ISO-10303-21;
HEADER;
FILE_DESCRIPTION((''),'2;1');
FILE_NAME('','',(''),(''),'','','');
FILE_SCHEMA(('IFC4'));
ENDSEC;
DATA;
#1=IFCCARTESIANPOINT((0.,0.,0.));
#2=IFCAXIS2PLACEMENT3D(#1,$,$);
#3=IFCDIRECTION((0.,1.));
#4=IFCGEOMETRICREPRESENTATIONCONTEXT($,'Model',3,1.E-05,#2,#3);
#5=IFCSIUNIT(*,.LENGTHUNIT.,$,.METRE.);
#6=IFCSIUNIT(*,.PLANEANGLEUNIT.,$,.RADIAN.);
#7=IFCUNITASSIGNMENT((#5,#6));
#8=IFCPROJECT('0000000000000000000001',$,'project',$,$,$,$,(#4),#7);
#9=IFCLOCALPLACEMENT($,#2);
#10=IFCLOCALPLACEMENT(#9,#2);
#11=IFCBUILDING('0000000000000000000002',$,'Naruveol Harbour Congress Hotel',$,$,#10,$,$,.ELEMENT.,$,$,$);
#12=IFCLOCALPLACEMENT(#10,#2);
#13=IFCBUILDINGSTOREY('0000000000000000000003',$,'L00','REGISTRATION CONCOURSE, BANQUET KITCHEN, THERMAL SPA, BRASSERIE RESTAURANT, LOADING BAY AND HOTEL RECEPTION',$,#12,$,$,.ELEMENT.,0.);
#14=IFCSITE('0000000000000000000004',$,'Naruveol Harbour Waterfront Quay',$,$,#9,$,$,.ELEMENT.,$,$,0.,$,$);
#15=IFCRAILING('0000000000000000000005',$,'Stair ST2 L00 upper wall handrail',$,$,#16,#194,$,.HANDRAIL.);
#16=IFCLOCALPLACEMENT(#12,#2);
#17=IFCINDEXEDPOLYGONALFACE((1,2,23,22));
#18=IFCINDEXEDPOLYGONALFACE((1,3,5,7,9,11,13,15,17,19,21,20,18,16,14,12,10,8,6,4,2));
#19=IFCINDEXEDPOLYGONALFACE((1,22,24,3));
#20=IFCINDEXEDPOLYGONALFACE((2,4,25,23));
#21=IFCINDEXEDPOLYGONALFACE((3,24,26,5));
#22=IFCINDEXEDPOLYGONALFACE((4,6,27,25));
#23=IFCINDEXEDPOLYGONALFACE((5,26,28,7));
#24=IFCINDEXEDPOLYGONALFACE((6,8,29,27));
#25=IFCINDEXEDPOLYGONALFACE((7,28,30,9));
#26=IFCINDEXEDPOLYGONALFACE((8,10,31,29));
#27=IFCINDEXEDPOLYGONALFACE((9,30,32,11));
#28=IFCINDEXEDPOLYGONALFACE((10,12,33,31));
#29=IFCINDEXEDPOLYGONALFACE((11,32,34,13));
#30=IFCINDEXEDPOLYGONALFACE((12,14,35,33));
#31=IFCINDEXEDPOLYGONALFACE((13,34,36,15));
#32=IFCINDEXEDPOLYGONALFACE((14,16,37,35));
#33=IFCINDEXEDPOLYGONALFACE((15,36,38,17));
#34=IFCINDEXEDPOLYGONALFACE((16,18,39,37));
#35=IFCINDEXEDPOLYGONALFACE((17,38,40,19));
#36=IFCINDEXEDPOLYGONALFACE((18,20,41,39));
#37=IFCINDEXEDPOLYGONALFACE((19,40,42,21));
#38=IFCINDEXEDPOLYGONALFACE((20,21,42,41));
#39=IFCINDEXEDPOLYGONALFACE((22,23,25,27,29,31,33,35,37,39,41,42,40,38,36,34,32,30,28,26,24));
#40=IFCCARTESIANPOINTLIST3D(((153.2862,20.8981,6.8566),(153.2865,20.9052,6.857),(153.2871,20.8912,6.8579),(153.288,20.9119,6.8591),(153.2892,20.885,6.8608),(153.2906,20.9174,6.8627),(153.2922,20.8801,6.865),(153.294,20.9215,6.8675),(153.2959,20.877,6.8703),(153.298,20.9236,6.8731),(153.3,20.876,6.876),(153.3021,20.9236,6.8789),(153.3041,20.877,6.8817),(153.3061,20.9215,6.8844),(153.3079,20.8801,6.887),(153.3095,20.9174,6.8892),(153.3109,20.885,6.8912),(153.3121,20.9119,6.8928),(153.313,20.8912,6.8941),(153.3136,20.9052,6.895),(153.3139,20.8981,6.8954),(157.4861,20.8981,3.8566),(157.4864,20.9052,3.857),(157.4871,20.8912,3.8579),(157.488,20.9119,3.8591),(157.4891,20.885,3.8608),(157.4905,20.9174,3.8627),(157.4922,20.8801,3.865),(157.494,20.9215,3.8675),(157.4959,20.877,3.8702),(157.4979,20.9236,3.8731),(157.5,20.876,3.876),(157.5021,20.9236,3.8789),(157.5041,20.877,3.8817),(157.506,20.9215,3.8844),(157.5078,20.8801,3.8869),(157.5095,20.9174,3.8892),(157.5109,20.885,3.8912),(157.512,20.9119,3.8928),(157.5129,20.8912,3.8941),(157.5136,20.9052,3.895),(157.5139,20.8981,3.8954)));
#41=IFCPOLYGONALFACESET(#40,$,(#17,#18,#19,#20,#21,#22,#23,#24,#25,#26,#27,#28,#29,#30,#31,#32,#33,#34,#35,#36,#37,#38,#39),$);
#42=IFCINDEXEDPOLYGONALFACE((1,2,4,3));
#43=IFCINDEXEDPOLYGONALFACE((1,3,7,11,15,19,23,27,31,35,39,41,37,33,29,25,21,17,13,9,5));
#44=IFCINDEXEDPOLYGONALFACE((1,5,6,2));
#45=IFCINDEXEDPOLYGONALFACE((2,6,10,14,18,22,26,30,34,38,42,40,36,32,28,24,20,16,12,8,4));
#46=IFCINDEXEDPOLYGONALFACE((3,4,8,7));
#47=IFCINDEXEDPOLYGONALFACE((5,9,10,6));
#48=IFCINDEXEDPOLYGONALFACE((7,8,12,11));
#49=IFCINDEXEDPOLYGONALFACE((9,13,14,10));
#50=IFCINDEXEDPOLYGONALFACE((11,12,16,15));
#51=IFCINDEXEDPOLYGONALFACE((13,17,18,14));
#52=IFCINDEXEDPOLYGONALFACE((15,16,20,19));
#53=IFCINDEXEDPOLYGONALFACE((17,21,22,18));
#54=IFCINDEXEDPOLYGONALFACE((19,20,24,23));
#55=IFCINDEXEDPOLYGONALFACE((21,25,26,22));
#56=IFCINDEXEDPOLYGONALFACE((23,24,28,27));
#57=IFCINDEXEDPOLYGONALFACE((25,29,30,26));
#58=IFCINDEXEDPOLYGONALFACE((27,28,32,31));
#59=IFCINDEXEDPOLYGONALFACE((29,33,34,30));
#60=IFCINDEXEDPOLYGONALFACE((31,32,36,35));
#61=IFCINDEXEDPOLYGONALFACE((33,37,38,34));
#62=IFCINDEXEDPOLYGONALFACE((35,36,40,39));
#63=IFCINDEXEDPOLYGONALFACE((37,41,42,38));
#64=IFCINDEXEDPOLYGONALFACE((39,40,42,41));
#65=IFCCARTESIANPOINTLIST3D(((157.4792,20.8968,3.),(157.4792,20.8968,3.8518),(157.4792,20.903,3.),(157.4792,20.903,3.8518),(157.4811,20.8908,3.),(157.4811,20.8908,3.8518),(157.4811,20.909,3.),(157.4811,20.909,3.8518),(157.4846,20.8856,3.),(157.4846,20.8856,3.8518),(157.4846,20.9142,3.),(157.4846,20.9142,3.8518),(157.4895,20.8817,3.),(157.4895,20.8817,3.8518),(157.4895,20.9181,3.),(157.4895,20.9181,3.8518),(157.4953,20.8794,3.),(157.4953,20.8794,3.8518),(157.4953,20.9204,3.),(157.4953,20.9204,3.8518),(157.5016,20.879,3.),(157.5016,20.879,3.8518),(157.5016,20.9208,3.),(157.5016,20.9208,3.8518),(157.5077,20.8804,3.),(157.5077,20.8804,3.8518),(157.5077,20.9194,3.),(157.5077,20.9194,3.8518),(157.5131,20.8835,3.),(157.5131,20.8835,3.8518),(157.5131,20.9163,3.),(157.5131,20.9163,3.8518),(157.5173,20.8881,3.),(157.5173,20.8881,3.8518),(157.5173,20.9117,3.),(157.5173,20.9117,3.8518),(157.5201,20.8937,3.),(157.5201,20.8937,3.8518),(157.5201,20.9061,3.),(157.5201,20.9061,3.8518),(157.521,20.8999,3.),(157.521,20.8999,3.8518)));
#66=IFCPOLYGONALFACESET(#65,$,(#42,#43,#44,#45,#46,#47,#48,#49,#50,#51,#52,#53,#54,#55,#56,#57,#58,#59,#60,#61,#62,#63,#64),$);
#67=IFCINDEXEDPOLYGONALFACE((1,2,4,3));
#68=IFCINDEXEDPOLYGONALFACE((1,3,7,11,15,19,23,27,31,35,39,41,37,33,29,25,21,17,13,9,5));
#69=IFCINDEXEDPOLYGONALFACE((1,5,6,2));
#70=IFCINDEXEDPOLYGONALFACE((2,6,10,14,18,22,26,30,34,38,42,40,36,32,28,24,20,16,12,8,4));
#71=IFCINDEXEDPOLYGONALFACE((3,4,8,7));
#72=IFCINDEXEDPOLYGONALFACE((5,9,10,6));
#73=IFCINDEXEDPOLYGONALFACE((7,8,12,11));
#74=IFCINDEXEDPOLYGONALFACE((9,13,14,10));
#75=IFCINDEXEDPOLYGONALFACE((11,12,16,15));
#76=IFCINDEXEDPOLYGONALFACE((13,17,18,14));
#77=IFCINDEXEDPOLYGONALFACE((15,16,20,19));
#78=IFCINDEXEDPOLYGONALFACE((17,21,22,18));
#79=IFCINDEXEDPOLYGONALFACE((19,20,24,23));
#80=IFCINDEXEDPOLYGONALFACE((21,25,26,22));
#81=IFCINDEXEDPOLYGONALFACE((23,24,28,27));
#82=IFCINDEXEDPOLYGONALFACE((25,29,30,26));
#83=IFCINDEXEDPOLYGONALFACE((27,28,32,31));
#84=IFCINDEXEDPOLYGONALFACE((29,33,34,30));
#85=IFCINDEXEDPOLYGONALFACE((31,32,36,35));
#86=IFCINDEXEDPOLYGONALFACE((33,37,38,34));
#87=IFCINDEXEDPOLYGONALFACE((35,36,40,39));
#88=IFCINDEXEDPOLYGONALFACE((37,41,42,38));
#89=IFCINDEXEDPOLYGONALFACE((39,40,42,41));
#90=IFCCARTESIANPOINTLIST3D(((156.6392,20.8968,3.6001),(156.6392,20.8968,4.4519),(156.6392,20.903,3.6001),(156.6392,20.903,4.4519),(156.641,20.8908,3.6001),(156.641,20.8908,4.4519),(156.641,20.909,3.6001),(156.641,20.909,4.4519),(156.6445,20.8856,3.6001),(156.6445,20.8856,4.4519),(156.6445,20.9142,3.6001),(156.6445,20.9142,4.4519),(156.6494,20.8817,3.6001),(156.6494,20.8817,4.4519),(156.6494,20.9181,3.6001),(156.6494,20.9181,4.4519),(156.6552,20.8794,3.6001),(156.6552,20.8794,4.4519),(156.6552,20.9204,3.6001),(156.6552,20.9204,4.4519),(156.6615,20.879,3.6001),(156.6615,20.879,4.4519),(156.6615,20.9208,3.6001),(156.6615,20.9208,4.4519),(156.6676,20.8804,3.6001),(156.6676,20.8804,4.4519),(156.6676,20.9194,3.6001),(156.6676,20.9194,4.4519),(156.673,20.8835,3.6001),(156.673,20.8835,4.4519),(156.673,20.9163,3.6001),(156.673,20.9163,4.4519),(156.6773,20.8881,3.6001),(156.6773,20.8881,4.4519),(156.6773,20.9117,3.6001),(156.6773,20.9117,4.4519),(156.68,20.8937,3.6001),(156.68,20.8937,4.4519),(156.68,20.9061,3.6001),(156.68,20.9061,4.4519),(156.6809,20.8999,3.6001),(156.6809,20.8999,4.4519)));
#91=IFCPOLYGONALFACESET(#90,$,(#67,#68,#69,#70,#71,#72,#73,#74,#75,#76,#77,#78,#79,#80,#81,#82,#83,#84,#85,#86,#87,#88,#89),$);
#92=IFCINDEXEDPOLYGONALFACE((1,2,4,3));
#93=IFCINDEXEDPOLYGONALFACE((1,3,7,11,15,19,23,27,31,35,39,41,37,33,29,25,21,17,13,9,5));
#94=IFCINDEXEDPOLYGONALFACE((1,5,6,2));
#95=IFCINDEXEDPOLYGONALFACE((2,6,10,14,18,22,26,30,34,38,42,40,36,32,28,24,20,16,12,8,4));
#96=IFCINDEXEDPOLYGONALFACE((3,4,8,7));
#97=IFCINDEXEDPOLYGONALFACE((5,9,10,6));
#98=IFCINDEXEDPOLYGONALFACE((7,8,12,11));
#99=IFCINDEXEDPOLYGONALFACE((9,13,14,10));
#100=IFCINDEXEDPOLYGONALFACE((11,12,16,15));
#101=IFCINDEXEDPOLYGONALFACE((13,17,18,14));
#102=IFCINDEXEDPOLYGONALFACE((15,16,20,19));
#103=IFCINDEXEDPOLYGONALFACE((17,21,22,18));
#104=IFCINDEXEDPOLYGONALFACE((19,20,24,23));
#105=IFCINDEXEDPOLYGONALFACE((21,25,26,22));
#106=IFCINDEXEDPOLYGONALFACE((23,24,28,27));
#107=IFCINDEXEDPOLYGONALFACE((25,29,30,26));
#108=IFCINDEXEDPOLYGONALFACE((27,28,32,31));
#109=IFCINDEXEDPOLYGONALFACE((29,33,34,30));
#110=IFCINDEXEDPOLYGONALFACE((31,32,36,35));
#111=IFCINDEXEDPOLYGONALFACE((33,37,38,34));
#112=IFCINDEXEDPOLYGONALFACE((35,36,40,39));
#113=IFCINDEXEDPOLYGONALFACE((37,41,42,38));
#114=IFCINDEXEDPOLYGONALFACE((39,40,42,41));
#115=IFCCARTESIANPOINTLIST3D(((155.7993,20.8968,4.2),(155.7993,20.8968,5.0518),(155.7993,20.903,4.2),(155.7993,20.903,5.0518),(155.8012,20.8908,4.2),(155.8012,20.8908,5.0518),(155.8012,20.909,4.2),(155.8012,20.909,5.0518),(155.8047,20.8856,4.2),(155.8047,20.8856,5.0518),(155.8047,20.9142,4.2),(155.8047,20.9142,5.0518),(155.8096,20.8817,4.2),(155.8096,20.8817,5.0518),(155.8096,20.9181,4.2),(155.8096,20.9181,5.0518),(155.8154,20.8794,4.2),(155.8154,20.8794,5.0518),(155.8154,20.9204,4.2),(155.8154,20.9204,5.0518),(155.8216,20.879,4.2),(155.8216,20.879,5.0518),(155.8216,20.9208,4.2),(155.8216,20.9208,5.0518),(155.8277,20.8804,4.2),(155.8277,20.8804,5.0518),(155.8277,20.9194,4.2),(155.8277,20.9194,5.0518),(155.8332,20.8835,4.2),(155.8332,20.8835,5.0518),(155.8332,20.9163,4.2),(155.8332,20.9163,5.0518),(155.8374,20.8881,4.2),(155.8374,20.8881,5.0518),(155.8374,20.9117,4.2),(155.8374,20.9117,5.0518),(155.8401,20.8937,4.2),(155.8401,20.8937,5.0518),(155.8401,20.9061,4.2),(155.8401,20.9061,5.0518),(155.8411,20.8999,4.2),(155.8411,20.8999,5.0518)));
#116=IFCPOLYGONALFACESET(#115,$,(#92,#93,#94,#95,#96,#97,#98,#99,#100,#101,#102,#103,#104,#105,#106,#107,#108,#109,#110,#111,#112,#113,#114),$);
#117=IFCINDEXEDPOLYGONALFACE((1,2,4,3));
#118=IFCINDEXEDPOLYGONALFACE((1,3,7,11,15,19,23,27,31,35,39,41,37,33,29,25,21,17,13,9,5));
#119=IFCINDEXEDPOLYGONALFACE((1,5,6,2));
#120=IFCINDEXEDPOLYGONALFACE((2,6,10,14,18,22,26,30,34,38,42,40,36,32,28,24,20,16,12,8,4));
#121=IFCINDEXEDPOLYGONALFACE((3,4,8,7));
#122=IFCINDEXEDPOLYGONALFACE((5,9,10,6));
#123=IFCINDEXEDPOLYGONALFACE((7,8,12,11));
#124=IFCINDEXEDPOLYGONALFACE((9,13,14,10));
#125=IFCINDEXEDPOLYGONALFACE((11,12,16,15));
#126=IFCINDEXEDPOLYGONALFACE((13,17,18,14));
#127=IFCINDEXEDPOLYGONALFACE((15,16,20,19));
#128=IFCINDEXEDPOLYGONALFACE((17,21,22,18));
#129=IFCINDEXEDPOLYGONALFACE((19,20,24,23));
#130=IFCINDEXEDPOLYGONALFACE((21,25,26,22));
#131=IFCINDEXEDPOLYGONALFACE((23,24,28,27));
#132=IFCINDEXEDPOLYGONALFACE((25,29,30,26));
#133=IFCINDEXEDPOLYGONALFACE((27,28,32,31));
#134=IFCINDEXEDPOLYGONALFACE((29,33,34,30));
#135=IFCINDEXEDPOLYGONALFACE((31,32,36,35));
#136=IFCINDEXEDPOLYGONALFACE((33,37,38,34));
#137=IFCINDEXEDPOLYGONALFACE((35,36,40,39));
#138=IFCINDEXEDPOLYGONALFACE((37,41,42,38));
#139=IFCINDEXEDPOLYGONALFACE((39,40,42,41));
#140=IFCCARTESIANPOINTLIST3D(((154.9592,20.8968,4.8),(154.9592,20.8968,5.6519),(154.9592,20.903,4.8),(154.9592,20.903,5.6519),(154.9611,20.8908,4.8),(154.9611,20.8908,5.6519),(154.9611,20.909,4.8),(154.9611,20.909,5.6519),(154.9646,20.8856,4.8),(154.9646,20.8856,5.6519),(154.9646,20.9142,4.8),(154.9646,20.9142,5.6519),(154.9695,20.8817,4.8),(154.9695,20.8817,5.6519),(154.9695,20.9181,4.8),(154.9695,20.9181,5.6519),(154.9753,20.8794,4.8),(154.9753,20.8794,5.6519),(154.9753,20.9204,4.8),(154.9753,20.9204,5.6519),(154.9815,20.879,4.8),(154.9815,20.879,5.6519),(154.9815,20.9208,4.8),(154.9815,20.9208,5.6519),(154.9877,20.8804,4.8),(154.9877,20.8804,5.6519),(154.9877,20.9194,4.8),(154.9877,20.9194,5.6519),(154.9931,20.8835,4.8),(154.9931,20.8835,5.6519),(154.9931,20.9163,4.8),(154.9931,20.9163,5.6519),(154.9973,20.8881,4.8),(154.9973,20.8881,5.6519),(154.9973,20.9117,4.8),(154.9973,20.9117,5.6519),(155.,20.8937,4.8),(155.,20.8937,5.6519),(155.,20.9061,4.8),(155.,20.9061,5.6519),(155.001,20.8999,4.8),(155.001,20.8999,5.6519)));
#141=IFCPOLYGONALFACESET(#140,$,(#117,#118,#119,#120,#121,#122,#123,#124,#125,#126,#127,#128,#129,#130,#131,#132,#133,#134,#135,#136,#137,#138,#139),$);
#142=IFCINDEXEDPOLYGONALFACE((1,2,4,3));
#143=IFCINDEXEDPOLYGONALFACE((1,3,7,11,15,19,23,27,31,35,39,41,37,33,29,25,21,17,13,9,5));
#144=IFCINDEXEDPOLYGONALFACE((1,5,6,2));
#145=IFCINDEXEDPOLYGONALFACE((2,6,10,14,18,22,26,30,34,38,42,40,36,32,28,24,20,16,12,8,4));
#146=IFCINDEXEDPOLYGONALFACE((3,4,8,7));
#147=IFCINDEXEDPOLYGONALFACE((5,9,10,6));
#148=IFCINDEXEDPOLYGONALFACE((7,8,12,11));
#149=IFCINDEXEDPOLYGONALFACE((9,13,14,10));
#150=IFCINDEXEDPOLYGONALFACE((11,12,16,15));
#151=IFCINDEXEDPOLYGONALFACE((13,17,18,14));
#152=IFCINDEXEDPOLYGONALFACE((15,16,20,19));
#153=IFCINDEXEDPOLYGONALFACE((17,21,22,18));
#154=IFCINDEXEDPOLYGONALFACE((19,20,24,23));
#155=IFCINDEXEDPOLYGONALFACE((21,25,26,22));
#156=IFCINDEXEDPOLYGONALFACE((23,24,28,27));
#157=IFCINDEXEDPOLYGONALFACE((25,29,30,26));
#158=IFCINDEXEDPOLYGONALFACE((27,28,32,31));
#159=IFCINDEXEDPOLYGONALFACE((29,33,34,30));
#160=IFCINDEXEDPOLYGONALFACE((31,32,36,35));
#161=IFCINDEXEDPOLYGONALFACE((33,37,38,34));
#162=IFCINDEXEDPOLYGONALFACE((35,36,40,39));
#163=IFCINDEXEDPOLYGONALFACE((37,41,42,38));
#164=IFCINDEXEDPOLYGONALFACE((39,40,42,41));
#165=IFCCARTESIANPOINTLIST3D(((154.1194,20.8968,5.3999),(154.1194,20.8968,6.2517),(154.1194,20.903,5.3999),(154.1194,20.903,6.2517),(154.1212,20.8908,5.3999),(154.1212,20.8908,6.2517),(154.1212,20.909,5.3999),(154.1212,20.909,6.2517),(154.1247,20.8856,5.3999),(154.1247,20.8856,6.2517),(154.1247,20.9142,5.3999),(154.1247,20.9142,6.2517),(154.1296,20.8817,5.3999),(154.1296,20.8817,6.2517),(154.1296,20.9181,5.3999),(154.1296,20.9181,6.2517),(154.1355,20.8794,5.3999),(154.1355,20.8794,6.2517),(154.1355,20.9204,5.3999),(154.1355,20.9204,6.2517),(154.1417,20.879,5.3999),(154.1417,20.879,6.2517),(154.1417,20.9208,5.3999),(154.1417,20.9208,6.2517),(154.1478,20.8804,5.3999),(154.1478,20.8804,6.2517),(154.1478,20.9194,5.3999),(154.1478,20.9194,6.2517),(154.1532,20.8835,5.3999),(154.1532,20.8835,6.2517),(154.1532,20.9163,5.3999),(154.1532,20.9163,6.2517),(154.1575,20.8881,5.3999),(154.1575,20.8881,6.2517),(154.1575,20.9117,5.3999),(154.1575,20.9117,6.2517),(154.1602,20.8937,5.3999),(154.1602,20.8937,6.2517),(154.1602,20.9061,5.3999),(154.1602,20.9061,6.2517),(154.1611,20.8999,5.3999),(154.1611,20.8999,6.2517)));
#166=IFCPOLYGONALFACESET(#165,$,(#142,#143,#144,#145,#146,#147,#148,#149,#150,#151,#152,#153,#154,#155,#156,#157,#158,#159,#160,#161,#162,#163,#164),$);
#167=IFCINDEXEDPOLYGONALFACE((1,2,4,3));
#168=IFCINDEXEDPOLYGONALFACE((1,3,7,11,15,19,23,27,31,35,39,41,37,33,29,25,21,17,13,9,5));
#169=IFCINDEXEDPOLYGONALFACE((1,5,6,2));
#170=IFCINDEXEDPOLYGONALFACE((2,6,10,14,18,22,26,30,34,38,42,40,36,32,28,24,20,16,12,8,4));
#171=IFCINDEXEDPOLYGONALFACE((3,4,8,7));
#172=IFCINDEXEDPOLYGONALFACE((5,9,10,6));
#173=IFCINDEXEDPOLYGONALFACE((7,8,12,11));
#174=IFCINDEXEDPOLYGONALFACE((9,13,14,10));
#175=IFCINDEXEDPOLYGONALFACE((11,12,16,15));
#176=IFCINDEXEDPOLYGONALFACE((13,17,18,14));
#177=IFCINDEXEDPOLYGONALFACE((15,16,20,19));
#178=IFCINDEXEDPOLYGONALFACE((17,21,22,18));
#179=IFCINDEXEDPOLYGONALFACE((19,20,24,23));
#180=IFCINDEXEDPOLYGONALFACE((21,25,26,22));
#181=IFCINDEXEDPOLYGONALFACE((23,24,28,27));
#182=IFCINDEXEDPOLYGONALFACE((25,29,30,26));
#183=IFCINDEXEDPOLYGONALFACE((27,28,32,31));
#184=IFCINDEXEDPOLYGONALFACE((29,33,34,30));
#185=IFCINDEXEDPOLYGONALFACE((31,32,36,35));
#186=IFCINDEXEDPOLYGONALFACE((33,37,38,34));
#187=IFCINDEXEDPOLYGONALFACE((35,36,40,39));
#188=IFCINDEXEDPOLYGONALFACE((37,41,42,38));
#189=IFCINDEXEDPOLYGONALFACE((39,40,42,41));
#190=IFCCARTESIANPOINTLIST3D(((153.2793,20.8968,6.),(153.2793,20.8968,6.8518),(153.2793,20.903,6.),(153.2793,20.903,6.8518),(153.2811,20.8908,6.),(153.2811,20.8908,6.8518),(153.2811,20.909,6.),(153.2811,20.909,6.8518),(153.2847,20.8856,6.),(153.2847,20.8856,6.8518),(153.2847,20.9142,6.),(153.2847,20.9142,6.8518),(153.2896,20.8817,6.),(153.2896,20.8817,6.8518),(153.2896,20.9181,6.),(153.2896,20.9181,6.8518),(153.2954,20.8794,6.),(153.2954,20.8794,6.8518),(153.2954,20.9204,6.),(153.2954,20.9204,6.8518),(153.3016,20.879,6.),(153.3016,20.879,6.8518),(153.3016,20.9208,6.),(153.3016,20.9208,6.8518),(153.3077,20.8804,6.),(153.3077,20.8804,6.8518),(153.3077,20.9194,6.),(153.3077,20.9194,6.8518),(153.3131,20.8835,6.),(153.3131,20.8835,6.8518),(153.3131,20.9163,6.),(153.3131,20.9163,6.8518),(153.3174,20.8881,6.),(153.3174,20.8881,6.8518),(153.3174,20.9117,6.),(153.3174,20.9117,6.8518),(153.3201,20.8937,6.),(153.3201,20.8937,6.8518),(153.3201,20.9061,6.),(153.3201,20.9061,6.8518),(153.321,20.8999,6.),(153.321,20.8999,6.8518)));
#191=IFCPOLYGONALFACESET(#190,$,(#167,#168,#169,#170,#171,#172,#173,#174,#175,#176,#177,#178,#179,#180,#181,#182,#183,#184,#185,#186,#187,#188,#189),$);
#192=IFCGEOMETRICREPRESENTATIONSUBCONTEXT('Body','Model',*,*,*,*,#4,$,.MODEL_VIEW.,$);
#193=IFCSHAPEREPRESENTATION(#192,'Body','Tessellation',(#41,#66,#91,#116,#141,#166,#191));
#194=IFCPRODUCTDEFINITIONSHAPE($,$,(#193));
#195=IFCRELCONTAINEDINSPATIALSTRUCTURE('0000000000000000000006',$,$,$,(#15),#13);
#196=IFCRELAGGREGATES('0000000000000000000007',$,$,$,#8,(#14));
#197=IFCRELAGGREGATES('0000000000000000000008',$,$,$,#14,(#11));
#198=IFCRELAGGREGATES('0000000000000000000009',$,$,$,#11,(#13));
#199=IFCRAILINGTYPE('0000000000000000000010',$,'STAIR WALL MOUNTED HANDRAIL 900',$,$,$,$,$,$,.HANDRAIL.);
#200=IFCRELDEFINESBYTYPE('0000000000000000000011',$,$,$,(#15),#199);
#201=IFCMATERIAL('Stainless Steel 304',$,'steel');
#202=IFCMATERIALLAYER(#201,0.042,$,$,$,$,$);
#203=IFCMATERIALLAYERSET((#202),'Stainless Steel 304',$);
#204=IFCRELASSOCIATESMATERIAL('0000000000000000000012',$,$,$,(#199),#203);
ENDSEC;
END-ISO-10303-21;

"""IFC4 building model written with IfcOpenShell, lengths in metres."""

from ifc_helpers import new_model, si_unit, direction, frame, origin, origin_2d, place, context, subcontext, project, spatial, circle, extrude, material, layer, layer_set, type_object, element, save


model = new_model("IFC4")

# Units and contexts
model_context = context("Model", 3, precision=1e-05, world=origin(), true_north=direction((0.0, 1.0)))
body_context = subcontext(model_context, "Body", "Model", "MODEL_VIEW")
ifc_project = project(units=[si_unit("LENGTHUNIT", "METRE"), si_unit("PLANEANGLEUNIT", "RADIAN")], contexts=[model_context])

# Site, building, storey
site_placement = place(None, origin())
site = spatial("IfcSite", under=ifc_project, at=site_placement, Name="Naruveol Harbour Waterfront Quay", CompositionType="ELEMENT", RefElevation=0.0)
building_placement = place(site_placement, origin())
building = spatial("IfcBuilding", under=site, at=building_placement, Name="Naruveol Harbour Congress Hotel", CompositionType="ELEMENT")
storey_placement = place(building_placement, origin())
storey = spatial("IfcBuildingStorey", under=building, at=storey_placement, Name="L00", Description="REGISTRATION CONCOURSE, BANQUET KITCHEN, THERMAL SPA, BRASSERIE RESTAURANT, LOADING BAY AND HOTEL RECEPTION", CompositionType="ELEMENT", Elevation=0.0)

# Railing
ifc_material_1 = material(Name="Stainless Steel 304", Category="steel")
ifc_layer_1 = layer(ifc_material_1, 0.042)
ifc_layer_set_1 = layer_set([ifc_layer_1], Name="Stainless Steel 304")
railing_type = type_object("IfcRailingType", Name="STAIR WALL MOUNTED HANDRAIL 900", PredefinedType="HANDRAIL", material=ifc_layer_set_1)
railing_placement = place(storey_placement, frame((157.5, 20.8999, 3.0)))
element("IfcRailing", 1, at=railing_placement, inside=storey, type_object=railing_type, Name="Stair ST2 L00 upper wall handrail", PredefinedType="HANDRAIL", context=body_context, shape_type="SweptSolid", body=[
    extrude(circle(Radius=0.0239, at=origin_2d()), frame((0.0, 0.0, 0.876), z_axis=(-0.81373, 0.0, 0.581243), x_axis=(0.0, -1.0, 0.0)), (0.0, 0.0, 1.0), 5.1614),
    extrude(circle(Radius=0.021, at=origin_2d()), origin(), (0.0, 0.0, 1.0), 0.8518),
    extrude(circle(Radius=0.021, at=origin_2d()), frame((-0.8401, 0.0, 0.6001)), (0.0, 0.0, 1.0), 0.8518),
    extrude(circle(Radius=0.021, at=origin_2d()), frame((-1.6799, 0.0, 1.2)), (0.0, 0.0, 1.0), 0.8518),
    extrude(circle(Radius=0.021, at=origin_2d()), frame((-2.52, 0.0, 1.8)), (0.0, 0.0, 1.0), 0.8518),
    extrude(circle(Radius=0.021, at=origin_2d()), frame((-3.3599, 0.0, 2.3999)), (0.0, 0.0, 1.0), 0.8518),
    extrude(circle(Radius=0.021, at=origin_2d()), frame((-4.2, 0.0, 3.0)), (0.0, 0.0, 1.0), 0.8518),
])

save(model, "model.ifc")
